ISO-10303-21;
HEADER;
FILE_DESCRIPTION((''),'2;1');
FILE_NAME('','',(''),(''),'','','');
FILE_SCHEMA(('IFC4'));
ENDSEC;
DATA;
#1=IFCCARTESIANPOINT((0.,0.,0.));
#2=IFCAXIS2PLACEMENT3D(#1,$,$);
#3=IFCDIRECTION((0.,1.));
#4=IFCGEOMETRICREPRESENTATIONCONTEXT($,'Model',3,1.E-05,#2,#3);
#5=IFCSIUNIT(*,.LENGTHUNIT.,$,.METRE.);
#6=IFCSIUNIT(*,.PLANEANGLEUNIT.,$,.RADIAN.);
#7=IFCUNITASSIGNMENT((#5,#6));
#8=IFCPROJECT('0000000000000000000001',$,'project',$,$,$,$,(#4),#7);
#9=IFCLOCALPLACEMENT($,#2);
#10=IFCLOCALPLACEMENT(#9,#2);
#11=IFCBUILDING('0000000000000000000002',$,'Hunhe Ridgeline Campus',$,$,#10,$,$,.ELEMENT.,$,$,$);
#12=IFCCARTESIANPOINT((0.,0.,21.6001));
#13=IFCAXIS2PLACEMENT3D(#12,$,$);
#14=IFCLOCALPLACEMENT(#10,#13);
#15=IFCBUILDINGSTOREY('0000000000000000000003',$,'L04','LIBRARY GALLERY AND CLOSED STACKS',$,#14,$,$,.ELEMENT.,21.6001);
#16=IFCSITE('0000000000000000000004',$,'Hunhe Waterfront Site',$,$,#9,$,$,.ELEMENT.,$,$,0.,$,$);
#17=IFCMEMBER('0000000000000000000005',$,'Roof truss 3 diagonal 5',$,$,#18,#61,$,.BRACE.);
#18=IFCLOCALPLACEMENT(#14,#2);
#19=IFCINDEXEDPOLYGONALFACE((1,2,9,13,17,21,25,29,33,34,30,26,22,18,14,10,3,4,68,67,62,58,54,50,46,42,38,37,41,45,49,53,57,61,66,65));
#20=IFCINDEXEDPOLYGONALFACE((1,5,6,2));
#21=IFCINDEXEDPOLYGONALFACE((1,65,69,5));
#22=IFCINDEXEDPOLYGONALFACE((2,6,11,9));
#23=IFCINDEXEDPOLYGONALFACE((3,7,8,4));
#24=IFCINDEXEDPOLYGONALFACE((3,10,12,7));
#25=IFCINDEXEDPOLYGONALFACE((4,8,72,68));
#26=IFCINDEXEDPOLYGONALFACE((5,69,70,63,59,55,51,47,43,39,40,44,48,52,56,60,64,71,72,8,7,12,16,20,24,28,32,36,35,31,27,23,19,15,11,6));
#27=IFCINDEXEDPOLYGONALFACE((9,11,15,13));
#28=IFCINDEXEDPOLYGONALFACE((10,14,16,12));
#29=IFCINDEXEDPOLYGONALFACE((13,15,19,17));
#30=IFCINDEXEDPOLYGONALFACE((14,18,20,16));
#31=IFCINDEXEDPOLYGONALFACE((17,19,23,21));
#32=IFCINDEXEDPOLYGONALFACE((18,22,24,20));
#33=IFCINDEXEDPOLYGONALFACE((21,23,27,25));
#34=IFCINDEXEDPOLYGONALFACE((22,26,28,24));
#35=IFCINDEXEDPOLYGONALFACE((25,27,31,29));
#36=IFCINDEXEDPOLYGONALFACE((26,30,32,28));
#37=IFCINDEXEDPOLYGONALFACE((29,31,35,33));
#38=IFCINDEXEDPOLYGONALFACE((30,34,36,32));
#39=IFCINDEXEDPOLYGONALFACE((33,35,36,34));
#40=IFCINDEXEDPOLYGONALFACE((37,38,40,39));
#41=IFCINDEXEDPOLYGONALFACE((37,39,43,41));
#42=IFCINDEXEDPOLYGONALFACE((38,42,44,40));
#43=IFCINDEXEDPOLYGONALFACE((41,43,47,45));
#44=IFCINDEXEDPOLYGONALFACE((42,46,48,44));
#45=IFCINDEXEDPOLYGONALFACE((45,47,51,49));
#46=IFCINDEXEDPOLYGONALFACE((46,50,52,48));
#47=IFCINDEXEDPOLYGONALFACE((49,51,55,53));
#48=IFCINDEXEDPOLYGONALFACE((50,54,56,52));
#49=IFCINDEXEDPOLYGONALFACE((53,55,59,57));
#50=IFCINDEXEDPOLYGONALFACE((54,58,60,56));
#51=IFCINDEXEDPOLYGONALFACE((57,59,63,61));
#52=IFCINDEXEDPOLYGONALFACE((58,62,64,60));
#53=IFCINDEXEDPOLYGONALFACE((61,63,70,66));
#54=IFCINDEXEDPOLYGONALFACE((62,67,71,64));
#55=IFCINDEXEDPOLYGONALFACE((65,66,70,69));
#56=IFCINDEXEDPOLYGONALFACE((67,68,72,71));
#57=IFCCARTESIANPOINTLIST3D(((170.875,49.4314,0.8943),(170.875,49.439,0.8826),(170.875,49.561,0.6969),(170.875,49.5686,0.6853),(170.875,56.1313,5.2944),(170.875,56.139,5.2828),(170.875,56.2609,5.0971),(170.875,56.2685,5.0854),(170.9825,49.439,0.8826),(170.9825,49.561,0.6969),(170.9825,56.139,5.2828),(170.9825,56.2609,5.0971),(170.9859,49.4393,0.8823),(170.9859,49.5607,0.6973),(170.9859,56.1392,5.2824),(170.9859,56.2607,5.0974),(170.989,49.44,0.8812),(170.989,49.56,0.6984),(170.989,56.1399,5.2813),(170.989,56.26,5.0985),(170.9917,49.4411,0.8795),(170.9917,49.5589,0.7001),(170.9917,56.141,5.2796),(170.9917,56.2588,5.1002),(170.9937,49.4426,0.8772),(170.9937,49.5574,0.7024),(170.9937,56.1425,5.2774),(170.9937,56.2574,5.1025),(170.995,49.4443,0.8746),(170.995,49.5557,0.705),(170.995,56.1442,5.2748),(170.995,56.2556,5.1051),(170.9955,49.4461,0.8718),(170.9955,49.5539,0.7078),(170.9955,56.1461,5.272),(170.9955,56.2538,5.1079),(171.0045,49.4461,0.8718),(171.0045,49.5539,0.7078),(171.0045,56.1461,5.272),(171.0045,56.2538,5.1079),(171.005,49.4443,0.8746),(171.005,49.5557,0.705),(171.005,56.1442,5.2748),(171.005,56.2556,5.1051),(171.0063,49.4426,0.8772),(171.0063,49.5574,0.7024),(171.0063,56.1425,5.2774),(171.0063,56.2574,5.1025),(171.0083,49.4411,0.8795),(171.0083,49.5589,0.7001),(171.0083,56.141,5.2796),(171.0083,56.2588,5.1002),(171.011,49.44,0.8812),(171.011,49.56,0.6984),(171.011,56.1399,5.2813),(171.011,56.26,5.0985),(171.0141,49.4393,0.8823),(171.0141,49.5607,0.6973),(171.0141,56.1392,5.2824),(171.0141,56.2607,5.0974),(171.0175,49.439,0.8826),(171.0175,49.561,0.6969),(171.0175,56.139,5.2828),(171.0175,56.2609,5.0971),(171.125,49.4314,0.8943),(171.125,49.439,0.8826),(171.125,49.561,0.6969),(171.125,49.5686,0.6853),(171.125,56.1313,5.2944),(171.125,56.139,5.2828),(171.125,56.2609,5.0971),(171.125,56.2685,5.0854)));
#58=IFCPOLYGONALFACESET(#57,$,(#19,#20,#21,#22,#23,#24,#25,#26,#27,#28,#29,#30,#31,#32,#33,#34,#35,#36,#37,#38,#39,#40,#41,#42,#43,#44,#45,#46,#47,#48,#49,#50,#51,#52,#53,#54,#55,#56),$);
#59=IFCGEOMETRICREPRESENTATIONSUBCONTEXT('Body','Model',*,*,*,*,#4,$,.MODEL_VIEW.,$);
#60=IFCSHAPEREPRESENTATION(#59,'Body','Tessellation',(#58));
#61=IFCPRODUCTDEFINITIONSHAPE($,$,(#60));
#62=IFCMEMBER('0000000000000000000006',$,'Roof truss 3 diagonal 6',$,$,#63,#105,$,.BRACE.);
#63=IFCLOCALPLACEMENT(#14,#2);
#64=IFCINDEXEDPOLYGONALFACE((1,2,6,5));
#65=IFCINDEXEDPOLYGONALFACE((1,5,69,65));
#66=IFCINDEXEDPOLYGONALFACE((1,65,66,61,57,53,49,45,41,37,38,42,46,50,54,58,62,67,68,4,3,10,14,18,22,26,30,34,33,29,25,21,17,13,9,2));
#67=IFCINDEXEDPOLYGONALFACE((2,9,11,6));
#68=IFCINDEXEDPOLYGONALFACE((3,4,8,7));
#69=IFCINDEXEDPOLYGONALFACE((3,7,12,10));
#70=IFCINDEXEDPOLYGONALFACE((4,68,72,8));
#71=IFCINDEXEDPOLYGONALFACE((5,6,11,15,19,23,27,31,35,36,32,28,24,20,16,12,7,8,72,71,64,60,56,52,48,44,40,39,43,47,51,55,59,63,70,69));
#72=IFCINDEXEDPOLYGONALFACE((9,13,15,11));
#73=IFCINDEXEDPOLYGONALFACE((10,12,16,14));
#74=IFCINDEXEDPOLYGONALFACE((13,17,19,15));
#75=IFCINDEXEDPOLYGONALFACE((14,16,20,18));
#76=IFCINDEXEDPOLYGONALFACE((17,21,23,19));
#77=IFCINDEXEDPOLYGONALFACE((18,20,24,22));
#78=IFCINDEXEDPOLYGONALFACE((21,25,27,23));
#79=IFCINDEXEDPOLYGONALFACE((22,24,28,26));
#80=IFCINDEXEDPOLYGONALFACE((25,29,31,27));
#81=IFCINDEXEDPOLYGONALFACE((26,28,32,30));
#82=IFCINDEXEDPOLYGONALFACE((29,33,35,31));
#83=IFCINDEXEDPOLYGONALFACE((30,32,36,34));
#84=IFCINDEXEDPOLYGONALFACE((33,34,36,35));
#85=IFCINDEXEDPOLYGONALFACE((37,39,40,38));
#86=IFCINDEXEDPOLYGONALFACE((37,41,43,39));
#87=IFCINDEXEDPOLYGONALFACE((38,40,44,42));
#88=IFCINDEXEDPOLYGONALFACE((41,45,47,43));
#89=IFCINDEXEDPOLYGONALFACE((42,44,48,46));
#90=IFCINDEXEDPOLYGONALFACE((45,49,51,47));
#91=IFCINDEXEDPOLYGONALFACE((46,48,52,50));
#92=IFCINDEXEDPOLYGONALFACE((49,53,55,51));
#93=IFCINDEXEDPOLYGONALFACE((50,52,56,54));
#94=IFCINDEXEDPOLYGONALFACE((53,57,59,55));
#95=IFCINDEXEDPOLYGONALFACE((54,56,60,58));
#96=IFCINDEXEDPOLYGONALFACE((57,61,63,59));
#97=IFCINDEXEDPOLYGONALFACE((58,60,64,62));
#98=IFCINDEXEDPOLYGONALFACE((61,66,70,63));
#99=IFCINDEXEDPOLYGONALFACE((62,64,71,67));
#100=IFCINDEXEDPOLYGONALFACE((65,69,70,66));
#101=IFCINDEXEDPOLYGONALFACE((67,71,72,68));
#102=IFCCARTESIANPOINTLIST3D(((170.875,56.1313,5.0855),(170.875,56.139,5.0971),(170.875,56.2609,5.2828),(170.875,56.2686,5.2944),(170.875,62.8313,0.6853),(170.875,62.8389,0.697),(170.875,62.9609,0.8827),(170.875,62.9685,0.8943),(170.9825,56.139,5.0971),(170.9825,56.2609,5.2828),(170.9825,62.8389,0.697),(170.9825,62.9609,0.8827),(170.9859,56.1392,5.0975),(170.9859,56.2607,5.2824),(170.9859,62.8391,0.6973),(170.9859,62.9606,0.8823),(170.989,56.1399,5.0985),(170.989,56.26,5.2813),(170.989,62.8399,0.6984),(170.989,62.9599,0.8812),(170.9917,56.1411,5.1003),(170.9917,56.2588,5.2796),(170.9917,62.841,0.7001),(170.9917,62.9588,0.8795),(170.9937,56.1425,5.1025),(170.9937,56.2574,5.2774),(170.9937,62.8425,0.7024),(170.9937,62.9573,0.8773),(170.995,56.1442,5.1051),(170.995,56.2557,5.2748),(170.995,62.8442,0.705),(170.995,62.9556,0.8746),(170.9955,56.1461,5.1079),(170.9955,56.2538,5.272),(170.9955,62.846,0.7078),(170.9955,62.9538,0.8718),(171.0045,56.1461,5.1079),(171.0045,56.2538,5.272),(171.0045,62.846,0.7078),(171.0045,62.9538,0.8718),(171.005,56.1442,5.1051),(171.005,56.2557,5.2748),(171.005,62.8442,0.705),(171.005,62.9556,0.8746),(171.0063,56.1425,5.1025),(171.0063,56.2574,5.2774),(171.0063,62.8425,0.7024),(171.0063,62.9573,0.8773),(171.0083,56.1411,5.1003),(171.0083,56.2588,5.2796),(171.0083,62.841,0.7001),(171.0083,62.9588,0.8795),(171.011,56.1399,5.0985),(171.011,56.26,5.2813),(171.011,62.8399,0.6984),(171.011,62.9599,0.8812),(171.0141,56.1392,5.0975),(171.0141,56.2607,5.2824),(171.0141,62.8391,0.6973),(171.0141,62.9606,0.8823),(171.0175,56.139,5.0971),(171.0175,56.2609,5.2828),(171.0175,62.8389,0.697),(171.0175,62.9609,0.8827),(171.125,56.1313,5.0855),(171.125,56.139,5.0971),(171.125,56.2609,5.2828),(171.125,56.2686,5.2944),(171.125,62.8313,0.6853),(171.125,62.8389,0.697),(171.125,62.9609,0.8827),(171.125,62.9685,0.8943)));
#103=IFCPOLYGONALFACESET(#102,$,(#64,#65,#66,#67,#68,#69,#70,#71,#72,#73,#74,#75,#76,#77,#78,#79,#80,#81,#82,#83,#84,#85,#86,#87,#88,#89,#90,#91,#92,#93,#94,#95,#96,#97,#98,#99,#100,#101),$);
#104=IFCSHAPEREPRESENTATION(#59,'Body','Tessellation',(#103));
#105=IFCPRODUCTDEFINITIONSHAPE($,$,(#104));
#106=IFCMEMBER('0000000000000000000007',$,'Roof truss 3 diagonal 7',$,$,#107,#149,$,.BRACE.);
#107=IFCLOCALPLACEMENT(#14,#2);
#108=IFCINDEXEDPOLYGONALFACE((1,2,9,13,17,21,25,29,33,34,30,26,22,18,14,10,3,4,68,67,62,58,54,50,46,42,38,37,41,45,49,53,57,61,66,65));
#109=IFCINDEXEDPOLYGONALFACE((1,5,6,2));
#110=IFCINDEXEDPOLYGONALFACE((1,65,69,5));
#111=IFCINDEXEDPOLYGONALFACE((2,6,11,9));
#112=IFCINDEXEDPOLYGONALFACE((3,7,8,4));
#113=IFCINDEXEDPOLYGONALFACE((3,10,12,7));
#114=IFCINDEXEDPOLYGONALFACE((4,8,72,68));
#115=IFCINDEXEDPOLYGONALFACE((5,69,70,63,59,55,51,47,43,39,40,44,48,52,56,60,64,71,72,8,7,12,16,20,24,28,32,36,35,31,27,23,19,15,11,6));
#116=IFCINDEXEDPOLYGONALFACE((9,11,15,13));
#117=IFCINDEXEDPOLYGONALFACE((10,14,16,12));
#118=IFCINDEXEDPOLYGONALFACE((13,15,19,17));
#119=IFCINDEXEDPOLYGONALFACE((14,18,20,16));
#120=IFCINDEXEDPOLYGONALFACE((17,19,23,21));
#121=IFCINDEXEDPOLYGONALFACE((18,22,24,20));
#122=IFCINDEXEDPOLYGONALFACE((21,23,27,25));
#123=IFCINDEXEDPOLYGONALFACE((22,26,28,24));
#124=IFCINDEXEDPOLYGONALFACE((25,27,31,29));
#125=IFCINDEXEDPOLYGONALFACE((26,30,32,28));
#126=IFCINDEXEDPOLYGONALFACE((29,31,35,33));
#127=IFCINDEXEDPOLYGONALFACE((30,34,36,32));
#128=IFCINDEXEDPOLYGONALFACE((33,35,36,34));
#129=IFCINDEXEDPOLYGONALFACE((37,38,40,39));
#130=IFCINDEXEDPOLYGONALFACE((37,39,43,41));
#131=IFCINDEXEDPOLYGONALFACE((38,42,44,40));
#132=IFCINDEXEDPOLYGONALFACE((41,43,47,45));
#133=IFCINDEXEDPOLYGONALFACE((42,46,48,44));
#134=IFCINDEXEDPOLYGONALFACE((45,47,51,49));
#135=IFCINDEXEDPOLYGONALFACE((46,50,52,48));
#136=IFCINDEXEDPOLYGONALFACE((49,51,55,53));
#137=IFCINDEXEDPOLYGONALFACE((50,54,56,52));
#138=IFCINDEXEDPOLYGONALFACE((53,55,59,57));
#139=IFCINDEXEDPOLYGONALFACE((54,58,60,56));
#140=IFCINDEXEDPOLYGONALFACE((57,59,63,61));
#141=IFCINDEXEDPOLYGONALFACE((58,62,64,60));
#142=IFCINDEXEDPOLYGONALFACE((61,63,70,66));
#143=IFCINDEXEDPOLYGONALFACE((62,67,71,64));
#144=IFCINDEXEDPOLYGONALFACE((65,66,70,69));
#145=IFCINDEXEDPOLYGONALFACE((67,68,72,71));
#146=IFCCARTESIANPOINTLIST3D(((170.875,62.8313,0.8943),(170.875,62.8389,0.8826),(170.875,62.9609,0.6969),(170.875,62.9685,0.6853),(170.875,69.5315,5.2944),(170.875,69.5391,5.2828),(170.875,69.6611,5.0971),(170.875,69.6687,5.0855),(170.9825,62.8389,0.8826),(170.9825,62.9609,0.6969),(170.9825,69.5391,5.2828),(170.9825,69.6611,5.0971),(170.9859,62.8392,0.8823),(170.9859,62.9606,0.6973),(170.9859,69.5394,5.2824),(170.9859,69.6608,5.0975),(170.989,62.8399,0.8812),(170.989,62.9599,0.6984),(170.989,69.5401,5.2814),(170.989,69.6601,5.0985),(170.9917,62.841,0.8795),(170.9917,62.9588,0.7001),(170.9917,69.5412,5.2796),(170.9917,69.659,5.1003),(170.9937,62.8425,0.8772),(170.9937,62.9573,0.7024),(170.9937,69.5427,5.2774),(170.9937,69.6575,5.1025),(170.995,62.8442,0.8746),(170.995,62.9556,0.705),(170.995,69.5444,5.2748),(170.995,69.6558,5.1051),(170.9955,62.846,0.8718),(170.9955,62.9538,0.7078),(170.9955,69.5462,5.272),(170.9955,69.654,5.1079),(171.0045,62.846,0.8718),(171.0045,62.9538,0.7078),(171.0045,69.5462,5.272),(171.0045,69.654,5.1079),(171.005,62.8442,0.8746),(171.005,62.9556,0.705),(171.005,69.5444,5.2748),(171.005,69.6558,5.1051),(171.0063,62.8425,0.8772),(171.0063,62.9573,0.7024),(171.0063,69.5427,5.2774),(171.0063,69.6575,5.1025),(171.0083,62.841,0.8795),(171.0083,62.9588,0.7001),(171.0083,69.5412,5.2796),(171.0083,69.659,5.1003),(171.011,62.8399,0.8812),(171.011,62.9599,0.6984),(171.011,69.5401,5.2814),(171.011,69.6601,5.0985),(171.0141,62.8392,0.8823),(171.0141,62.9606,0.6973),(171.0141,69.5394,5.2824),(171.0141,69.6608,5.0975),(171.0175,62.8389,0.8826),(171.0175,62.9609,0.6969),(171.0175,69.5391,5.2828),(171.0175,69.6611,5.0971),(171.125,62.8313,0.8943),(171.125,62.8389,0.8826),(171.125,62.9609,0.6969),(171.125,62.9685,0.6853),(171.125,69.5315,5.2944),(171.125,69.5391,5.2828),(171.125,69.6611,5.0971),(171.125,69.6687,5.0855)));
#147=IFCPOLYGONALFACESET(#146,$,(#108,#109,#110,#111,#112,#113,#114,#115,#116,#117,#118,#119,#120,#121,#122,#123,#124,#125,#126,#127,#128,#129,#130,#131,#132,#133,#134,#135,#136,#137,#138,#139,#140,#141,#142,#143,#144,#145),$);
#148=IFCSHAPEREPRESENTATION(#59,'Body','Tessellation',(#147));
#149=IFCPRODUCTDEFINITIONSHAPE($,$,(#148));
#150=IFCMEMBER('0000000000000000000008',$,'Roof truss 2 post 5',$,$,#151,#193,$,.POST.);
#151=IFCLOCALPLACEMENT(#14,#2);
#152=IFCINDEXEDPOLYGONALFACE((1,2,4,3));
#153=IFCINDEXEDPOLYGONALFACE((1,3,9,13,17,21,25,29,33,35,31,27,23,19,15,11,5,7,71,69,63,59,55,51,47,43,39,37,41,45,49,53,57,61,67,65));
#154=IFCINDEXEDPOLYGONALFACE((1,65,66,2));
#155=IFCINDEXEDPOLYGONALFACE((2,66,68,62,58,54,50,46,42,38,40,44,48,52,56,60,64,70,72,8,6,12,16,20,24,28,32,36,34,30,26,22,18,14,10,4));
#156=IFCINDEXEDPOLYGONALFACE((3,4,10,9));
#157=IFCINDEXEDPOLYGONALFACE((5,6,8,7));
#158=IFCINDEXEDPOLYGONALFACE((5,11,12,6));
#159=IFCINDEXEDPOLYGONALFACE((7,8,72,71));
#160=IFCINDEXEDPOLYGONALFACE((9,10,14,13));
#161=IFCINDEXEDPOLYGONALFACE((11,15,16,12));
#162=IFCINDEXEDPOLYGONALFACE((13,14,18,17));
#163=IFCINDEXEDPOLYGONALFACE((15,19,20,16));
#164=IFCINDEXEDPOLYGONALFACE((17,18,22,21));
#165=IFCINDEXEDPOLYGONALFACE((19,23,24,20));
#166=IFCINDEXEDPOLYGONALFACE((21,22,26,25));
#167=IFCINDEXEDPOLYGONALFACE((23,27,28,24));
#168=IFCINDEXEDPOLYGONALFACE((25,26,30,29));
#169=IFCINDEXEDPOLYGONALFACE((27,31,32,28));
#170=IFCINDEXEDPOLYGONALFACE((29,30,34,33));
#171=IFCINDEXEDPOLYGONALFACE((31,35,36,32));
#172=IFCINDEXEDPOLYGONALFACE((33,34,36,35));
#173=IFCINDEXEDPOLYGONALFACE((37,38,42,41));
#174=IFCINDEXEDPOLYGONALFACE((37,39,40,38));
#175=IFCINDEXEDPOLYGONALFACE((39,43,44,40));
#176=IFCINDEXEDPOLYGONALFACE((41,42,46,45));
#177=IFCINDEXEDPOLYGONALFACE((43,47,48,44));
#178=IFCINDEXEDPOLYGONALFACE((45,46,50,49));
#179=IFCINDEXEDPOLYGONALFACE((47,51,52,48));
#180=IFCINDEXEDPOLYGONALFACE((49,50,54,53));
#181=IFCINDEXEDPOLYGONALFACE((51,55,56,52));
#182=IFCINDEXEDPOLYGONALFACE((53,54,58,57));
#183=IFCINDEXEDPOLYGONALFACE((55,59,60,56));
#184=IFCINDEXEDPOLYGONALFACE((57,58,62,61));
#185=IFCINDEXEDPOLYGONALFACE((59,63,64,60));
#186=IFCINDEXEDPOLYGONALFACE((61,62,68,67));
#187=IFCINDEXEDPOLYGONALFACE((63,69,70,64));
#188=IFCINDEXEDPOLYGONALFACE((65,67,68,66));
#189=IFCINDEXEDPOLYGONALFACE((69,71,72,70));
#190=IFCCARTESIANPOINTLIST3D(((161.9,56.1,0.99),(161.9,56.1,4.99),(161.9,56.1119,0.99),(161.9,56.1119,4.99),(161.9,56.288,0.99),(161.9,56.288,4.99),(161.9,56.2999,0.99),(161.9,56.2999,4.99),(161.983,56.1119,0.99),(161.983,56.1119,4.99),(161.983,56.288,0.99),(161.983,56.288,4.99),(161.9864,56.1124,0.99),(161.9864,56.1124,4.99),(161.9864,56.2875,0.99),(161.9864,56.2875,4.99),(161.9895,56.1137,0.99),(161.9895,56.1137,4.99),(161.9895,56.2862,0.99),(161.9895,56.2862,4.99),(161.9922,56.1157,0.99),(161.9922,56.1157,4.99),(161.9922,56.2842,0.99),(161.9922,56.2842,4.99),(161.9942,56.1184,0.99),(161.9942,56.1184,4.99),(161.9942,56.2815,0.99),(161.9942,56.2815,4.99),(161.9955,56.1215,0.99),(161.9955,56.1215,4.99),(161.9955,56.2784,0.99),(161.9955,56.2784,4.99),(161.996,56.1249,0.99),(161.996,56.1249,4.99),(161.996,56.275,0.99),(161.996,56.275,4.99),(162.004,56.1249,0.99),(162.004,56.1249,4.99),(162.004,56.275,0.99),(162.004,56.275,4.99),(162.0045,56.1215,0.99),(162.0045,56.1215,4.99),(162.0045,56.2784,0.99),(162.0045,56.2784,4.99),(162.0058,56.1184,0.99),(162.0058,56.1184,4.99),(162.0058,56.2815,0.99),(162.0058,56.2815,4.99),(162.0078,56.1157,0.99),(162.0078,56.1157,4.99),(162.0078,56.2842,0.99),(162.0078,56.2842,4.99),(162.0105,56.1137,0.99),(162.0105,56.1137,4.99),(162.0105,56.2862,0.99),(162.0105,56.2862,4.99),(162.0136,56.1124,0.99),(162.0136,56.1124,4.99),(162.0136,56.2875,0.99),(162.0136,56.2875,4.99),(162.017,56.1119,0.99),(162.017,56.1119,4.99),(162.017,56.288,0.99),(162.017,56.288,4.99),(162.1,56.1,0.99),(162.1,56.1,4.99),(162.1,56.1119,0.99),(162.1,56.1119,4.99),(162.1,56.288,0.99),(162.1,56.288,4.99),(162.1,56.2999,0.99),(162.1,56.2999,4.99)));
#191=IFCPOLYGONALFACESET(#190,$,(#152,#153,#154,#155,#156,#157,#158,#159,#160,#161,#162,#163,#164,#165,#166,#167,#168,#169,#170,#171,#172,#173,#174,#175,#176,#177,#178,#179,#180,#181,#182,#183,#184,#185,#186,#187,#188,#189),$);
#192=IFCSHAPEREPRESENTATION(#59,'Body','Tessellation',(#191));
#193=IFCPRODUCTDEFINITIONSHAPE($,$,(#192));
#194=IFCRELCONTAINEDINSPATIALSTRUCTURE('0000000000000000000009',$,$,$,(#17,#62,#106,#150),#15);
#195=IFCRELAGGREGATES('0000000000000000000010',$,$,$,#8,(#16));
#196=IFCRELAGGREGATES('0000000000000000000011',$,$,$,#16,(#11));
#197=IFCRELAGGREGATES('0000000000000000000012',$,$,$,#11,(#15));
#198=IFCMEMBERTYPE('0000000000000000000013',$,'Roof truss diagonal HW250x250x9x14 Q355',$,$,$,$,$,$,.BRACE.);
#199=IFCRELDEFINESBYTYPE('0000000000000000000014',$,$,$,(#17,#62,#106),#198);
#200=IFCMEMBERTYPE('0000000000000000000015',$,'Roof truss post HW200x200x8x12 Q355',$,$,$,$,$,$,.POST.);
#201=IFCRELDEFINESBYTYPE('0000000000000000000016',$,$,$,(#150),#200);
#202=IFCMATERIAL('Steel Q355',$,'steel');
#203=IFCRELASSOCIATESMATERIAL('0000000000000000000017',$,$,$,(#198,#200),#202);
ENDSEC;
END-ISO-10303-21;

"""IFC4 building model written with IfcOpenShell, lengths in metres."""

from ifc_helpers import new_model, si_unit, direction, frame, origin, origin_2d, place, context, subcontext, project, spatial, i_section, extrude, material, material_profile, profile_set, type_object, element, save


model = new_model("IFC4")

# Units and contexts
model_context = context("Model", 3, precision=1e-05, world=origin(), true_north=direction((0.0, 1.0)))
body_context = subcontext(model_context, "Body", "Model", "MODEL_VIEW")
ifc_project = project(units=[si_unit("LENGTHUNIT", "METRE"), si_unit("PLANEANGLEUNIT", "RADIAN")], contexts=[model_context])

# Site, building, storey
site_placement = place(None, origin())
site = spatial("IfcSite", under=ifc_project, at=site_placement, Name="Hunhe Waterfront Site", CompositionType="ELEMENT", RefElevation=0.0)
building_placement = place(site_placement, origin())
building = spatial("IfcBuilding", under=site, at=building_placement, Name="Hunhe Ridgeline Campus", CompositionType="ELEMENT")
storey_placement = place(building_placement, frame((0.0, 0.0, 21.6001)))
storey = spatial("IfcBuildingStorey", under=building, at=storey_placement, Name="L04", Description="LIBRARY GALLERY AND CLOSED STACKS", CompositionType="ELEMENT", Elevation=21.6001)

# Members
ifc_material_1 = material(Name="Steel Q355", Category="steel")
ifc_material_profile_1 = material_profile(ifc_material_1, i_section(OverallWidth=0.25, OverallDepth=0.25, WebThickness=0.009, FlangeThickness=0.0139, FilletRadius=0.0129, at=origin_2d()))
ifc_profile_set_1 = profile_set([ifc_material_profile_1], Name="Steel Q355")
member_type_1 = type_object("IfcMemberType", Name="Roof truss diagonal HW250x250x9x14 Q355", PredefinedType="BRACE", material=ifc_profile_set_1)
for number, where, z_axis, x_axis, name in (
    (1, (171.0, 49.5, 0.7898), (0.0, 0.835859, 0.548944), (-1.0, 0.0, 0.0), "Roof truss 3 diagonal 5"),
    (2, (171.0, 56.2, 5.1899), (0.0, 0.835859, -0.548944), (-1.0, 0.0, 0.0), "Roof truss 3 diagonal 6"),
):
    element("IfcMember", number, at=place(storey_placement, frame(where, z_axis=z_axis, x_axis=x_axis)), inside=storey, type_object=member_type_1, Name=name, PredefinedType="BRACE", context=body_context, shape_type="SweptSolid", body=[
        extrude(i_section(OverallWidth=0.25, OverallDepth=0.25, WebThickness=0.009, FlangeThickness=0.0139, FilletRadius=0.0129, at=origin_2d()), origin(), (0.0, 0.0, 1.0), 8.0156),
    ])
member_1_placement = place(storey_placement, frame((171.0, 62.8999, 0.7898), z_axis=(0.0, 0.835868, 0.548931), x_axis=(-1.0, 0.0, 0.0)))
element("IfcMember", 3, at=member_1_placement, inside=storey, type_object=member_type_1, Name="Roof truss 3 diagonal 7", PredefinedType="BRACE", context=body_context, shape_type="SweptSolid", body=[
    extrude(i_section(OverallWidth=0.25, OverallDepth=0.25, WebThickness=0.009, FlangeThickness=0.0139, FilletRadius=0.0129, at=origin_2d()), origin(), (0.0, 0.0, 1.0), 8.0159),
])
ifc_material_profile_2 = material_profile(ifc_material_1, i_section(OverallWidth=0.2, OverallDepth=0.2, WebThickness=0.0081, FlangeThickness=0.012, FilletRadius=0.0129, at=origin_2d()))
ifc_profile_set_2 = profile_set([ifc_material_profile_2], Name="Steel Q355")
member_type_2 = type_object("IfcMemberType", Name="Roof truss post HW200x200x8x12 Q355", PredefinedType="POST", material=ifc_profile_set_2)
for number, where, z_axis, x_axis, name in (
    (4, (162.0, 56.2, 0.99), (0.0, 0.0, 1.0), (1.0, 0.0, 0.0), "Roof truss 2 post 5"),
):
    element("IfcMember", number, at=place(storey_placement, frame(where, z_axis=z_axis, x_axis=x_axis)), inside=storey, type_object=member_type_2, Name=name, PredefinedType="POST", context=body_context, shape_type="SweptSolid", body=[
        extrude(i_section(OverallWidth=0.2, OverallDepth=0.2, WebThickness=0.0081, FlangeThickness=0.012, FilletRadius=0.0129, at=origin_2d()), origin(), (0.0, 0.0, 1.0), 4.0),
    ])

save(model, "model.ifc")
